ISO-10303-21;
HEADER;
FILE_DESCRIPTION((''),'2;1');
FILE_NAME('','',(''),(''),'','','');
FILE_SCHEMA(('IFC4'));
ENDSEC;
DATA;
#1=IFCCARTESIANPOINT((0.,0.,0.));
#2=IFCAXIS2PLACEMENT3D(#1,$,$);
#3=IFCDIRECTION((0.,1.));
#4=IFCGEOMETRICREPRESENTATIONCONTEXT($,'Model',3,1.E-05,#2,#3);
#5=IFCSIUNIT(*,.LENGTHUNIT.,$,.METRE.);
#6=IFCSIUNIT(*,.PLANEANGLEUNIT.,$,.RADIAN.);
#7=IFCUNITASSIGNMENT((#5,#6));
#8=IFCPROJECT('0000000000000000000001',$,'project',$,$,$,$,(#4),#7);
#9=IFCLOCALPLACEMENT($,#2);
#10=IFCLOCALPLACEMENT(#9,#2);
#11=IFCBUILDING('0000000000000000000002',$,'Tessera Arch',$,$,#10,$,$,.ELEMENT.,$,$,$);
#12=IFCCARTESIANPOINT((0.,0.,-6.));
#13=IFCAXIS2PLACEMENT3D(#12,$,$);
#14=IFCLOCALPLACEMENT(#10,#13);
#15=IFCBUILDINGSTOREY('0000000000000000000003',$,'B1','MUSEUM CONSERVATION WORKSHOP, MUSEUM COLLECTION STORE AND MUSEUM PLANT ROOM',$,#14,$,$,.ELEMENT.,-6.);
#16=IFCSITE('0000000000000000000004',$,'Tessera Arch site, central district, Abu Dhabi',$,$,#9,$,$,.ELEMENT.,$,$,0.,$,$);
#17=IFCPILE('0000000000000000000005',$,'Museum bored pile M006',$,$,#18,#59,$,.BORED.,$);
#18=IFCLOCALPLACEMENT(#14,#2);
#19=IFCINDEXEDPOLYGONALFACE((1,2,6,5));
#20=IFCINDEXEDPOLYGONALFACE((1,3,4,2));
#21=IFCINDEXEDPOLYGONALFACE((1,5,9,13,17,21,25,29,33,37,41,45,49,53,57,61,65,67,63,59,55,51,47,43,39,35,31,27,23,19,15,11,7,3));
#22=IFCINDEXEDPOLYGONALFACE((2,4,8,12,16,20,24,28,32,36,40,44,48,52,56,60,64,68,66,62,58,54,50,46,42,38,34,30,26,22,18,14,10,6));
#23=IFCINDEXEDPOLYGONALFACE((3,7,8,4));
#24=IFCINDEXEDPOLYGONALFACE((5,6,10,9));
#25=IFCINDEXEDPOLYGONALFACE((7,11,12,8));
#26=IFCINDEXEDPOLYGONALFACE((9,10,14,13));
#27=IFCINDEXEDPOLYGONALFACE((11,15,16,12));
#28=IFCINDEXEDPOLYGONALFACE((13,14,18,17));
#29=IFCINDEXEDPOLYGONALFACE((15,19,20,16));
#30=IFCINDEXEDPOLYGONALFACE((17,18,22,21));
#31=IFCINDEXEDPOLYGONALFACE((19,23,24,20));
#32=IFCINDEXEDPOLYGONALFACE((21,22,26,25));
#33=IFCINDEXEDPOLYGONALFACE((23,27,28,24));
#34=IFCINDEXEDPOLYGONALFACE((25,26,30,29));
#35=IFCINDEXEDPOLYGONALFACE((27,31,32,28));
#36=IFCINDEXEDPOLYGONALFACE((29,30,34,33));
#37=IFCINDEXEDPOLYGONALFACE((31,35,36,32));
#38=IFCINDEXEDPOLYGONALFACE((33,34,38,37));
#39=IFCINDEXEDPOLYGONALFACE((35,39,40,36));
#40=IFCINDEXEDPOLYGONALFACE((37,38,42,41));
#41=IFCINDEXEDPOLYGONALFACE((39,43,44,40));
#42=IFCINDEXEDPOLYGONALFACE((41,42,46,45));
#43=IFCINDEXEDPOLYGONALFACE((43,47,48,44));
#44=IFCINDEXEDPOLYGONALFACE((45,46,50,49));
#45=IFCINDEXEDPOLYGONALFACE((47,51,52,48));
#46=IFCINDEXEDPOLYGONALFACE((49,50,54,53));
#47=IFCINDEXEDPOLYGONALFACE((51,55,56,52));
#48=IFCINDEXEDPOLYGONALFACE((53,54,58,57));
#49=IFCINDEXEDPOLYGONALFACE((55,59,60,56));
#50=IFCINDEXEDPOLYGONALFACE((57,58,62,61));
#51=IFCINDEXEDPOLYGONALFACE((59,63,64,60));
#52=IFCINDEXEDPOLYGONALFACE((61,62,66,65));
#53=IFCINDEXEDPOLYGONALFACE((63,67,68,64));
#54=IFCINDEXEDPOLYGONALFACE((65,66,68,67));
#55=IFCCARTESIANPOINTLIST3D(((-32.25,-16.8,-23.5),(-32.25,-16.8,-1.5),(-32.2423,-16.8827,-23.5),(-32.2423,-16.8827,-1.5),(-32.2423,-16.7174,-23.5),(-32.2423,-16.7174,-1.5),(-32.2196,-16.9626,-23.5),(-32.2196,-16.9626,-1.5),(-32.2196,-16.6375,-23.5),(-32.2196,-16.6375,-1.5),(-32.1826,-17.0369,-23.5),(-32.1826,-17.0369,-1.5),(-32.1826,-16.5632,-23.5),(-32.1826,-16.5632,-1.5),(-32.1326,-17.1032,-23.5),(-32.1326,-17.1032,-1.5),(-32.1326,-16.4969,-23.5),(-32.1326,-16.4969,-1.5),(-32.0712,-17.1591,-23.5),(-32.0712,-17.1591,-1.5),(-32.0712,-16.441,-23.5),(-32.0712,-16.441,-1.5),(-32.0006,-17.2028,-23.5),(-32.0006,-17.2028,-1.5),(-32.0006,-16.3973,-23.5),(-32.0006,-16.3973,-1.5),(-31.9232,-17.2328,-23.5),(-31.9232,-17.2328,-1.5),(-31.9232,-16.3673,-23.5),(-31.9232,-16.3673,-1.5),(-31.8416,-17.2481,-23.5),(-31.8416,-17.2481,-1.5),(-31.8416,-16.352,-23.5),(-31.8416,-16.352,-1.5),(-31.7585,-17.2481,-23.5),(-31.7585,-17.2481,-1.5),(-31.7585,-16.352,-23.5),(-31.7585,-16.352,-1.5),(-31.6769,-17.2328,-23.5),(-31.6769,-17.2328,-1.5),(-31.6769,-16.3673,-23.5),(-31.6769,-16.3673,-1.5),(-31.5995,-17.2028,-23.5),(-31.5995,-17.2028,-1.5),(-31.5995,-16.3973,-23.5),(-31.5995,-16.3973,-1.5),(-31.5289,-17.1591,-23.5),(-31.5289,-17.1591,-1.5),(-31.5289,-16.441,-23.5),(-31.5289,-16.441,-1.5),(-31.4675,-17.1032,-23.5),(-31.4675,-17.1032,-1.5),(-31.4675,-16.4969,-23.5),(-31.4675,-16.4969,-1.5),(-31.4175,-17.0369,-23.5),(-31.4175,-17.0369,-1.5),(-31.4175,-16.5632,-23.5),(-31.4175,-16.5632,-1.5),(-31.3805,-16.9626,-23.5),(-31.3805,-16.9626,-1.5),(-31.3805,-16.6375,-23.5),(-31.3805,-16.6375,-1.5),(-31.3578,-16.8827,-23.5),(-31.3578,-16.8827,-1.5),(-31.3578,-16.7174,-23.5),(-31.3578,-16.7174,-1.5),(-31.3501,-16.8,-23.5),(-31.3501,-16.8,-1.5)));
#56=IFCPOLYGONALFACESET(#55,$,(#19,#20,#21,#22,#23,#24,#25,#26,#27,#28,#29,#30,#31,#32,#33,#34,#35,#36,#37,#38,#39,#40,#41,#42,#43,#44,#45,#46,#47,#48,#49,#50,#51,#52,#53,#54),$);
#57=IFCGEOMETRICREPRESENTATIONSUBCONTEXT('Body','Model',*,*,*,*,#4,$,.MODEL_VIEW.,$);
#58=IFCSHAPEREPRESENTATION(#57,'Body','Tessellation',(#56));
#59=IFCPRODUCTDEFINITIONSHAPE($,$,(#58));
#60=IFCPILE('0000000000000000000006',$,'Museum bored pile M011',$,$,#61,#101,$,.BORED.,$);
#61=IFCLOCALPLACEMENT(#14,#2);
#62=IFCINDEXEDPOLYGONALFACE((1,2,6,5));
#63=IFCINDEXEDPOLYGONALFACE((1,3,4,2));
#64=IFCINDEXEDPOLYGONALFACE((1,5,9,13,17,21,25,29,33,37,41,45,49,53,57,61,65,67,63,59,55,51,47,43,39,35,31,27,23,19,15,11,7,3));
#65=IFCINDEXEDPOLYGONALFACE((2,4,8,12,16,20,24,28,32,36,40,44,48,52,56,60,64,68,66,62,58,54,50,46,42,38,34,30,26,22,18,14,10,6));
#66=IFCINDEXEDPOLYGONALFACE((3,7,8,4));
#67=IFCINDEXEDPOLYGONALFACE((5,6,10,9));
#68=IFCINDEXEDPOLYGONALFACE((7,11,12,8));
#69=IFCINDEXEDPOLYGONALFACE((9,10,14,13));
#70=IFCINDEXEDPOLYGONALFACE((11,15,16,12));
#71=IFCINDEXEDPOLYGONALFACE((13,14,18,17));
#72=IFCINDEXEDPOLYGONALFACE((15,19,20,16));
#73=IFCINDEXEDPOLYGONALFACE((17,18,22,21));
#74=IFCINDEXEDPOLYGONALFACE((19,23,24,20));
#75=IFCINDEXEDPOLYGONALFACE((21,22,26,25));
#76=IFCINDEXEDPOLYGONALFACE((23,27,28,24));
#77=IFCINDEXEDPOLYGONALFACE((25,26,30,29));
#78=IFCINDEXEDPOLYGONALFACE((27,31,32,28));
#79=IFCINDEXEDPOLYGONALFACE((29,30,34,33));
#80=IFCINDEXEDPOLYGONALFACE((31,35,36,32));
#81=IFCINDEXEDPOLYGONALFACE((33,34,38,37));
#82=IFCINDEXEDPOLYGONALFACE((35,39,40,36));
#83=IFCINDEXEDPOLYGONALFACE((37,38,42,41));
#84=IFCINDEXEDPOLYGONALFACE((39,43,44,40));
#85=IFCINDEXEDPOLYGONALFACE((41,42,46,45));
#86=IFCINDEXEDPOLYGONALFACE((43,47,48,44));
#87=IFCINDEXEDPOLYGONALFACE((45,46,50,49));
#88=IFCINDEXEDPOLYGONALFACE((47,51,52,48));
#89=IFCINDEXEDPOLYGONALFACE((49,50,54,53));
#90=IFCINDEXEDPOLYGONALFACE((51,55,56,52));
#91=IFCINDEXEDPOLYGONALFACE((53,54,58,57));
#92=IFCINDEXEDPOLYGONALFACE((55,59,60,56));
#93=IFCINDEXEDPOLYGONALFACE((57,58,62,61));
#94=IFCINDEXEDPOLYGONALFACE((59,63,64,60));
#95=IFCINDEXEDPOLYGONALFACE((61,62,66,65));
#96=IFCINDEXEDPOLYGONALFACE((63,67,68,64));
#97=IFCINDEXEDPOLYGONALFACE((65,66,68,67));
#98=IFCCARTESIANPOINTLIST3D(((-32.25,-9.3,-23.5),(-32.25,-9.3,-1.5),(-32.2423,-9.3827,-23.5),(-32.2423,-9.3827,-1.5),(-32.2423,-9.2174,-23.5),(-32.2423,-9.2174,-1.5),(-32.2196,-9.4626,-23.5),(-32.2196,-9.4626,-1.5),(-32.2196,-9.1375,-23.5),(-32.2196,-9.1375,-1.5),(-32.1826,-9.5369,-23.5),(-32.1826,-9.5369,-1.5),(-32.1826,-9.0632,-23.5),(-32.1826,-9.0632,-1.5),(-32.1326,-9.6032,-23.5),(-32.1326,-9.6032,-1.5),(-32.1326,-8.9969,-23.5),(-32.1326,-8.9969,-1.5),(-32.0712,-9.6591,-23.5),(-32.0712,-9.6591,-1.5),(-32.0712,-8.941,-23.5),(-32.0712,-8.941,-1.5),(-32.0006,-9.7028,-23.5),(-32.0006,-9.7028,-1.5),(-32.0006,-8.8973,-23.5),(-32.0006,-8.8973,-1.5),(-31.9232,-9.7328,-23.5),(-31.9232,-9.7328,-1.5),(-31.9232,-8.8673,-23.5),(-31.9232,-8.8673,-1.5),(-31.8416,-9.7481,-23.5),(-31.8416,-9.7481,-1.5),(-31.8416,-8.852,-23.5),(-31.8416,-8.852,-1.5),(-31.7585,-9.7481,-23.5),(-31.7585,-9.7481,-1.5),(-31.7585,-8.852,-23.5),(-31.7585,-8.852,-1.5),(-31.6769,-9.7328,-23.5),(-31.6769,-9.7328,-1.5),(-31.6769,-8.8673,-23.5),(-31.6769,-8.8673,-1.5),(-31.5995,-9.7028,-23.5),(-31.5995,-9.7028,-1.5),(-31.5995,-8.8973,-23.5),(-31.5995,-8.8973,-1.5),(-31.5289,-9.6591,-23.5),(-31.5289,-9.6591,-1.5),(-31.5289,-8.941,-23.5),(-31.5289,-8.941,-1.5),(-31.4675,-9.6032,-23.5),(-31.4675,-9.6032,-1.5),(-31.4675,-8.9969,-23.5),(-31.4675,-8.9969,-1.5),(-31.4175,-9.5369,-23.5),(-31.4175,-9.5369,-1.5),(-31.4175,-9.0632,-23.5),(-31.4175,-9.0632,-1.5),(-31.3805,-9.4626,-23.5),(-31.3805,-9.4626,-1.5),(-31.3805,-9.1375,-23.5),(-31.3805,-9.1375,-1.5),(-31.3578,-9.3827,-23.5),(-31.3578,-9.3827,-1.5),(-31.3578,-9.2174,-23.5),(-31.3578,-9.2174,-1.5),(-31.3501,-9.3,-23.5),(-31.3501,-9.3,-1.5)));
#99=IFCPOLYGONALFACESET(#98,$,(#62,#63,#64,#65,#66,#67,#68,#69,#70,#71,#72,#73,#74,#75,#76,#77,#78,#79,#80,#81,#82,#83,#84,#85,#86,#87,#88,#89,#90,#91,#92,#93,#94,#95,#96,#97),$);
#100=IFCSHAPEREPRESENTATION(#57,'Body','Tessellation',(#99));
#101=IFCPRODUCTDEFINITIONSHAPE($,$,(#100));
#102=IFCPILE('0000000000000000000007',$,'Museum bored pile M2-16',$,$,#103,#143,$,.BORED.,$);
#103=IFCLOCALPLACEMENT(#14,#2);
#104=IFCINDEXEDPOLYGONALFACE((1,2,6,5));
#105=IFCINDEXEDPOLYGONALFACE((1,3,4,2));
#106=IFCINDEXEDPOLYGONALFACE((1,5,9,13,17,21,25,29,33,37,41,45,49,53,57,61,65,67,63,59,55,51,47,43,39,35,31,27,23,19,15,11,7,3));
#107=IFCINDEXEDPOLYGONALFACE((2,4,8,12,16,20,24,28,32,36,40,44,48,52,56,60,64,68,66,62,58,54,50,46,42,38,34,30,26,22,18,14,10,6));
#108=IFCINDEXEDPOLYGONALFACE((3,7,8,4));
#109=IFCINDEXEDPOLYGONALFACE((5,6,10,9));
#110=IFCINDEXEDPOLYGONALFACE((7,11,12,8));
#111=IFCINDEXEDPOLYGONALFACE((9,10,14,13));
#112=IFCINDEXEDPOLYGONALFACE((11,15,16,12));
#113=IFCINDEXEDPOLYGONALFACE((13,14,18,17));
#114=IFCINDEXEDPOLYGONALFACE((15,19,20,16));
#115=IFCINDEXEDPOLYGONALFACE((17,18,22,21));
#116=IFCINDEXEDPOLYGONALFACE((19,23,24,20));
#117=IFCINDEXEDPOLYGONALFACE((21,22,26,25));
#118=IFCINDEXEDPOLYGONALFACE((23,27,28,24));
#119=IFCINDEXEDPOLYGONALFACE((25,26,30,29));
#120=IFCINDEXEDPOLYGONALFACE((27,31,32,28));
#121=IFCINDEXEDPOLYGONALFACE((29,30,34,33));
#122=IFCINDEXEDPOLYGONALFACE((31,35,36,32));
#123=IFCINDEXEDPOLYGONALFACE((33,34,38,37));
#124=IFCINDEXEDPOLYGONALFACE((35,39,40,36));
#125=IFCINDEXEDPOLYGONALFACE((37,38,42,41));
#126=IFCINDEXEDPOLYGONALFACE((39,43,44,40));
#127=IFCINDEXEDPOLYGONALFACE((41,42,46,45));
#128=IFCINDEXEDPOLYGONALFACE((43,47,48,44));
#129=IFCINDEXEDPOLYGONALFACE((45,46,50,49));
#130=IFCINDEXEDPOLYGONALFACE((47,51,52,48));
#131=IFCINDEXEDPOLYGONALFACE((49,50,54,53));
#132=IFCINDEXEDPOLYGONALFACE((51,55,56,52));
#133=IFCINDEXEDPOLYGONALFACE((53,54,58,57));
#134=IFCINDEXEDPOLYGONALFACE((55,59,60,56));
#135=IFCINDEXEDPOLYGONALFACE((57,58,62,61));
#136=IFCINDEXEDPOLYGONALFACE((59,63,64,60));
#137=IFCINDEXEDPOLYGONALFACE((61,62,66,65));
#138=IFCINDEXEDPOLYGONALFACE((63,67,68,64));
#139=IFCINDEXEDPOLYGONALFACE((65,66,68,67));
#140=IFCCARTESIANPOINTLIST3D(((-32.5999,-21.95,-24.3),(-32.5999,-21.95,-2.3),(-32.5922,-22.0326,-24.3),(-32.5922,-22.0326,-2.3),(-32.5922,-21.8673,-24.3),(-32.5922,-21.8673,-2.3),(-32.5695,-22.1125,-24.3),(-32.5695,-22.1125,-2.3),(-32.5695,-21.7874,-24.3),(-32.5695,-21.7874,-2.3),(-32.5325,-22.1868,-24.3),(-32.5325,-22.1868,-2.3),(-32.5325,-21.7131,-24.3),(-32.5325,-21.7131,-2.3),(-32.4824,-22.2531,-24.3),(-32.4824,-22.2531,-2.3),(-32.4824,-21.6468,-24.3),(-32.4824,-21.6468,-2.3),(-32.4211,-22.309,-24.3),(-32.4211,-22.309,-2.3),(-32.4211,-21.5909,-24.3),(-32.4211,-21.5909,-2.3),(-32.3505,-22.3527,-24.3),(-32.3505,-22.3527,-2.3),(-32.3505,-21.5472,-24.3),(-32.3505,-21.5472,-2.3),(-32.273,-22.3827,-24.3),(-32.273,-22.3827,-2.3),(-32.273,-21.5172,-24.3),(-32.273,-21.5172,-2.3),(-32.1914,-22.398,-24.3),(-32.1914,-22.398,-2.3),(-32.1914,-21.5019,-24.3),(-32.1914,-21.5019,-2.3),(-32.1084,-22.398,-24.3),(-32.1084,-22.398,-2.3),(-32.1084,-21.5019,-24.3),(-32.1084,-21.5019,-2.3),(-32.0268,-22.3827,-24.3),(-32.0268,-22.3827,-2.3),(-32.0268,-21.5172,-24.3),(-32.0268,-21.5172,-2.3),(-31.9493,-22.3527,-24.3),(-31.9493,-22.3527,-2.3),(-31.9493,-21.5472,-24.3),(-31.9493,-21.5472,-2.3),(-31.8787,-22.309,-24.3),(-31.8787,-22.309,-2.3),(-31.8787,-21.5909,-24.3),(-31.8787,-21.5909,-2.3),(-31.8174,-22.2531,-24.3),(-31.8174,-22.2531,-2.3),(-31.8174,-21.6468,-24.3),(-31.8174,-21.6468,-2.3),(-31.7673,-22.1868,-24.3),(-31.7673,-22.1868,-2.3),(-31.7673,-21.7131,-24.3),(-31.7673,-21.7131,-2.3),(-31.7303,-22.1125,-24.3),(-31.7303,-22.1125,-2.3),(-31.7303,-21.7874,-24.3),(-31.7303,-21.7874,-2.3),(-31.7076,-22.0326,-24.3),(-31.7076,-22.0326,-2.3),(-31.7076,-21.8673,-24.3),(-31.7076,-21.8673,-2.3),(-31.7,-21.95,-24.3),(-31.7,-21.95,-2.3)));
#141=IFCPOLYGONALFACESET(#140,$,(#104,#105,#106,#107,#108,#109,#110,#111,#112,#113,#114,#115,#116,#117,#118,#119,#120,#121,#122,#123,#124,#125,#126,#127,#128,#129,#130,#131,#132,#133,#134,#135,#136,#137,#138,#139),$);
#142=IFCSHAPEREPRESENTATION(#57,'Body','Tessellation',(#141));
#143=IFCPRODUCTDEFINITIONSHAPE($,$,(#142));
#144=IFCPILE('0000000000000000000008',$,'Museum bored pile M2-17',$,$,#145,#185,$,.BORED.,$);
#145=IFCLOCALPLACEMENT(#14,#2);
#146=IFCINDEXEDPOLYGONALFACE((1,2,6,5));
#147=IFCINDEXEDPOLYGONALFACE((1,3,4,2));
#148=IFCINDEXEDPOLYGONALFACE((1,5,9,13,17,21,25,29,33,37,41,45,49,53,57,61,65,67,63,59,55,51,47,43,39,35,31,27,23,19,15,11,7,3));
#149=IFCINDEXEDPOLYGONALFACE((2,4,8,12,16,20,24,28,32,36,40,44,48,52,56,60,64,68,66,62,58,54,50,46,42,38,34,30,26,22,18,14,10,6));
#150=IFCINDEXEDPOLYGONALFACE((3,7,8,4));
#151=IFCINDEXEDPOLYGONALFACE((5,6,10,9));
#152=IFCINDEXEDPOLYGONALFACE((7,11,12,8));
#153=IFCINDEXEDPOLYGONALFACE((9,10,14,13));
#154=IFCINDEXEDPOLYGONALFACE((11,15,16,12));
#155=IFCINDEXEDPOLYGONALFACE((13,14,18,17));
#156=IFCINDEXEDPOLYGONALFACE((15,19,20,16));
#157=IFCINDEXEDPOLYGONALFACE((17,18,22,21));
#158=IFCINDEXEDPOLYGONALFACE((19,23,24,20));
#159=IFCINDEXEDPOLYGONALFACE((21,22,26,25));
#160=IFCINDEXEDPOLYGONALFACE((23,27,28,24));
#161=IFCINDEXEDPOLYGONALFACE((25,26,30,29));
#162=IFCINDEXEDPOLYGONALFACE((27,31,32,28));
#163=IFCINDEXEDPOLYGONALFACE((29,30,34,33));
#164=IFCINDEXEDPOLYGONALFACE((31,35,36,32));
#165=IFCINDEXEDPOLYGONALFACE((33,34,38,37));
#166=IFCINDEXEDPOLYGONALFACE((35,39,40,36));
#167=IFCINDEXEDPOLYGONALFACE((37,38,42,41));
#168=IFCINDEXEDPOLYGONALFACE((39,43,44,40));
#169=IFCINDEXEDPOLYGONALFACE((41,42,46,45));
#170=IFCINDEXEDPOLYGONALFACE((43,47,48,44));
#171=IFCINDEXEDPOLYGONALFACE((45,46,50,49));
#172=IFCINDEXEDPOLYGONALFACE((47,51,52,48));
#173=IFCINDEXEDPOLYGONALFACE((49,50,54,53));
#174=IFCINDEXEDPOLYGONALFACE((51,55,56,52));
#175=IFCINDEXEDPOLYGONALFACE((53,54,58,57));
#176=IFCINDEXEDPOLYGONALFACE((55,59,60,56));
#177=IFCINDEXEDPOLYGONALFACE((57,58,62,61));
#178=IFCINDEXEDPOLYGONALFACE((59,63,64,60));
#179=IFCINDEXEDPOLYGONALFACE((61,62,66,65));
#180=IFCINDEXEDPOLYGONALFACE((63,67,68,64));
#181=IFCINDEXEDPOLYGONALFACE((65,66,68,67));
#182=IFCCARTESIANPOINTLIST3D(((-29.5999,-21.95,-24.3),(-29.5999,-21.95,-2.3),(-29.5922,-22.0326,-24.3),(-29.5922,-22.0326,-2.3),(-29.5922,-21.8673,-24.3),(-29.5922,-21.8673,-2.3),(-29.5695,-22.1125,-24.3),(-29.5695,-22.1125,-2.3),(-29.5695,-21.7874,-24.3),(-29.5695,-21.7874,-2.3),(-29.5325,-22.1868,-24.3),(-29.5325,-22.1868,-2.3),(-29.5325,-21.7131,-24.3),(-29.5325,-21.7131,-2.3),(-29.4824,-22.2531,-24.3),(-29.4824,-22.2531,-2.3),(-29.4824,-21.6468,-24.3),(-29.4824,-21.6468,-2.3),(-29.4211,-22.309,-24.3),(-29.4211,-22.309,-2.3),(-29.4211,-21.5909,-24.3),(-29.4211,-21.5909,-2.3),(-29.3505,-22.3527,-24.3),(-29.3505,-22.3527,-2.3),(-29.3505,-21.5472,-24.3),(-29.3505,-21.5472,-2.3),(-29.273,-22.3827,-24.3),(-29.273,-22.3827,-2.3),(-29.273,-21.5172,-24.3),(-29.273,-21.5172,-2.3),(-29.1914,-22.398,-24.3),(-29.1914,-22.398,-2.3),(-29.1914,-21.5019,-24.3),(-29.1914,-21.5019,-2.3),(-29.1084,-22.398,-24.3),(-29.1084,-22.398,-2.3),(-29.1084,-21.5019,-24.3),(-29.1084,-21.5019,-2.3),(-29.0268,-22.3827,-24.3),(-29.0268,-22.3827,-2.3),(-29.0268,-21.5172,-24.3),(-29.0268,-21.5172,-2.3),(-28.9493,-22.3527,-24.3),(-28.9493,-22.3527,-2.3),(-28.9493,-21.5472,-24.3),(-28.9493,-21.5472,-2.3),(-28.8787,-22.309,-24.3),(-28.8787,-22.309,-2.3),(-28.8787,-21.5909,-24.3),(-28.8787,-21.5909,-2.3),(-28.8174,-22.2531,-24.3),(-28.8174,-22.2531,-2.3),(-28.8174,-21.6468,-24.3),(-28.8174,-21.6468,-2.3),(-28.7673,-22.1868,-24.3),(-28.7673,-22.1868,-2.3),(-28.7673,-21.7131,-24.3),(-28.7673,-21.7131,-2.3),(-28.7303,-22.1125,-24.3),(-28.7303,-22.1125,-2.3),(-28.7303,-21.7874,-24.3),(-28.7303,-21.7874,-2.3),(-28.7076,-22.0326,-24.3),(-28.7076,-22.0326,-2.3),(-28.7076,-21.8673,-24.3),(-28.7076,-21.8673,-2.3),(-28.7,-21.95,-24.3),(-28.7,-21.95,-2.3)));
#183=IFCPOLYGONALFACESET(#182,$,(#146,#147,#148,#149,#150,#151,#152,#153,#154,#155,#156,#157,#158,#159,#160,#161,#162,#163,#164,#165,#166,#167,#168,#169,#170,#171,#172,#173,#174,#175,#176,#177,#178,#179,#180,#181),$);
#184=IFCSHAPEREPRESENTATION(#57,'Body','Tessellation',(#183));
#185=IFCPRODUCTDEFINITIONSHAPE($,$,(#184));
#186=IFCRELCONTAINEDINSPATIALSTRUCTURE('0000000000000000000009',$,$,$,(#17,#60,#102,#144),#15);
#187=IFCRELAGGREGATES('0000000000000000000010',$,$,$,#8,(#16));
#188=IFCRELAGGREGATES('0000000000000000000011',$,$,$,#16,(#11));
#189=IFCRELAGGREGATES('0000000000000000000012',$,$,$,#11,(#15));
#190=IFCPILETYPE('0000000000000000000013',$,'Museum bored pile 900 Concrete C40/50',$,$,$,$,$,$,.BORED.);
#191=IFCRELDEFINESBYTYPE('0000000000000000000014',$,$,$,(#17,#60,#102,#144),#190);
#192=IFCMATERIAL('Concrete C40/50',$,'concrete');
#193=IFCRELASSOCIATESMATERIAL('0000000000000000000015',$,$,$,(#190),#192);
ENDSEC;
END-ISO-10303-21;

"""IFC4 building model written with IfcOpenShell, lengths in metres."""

from ifc_helpers import new_model, si_unit, direction, frame, origin, origin_2d, place, context, subcontext, project, spatial, circle, extrude, material, type_object, element, save


model = new_model("IFC4")

# Units and contexts
model_context = context("Model", 3, precision=1e-05, world=origin(), true_north=direction((0.0, 1.0)))
body_context = subcontext(model_context, "Body", "Model", "MODEL_VIEW")
ifc_project = project(units=[si_unit("LENGTHUNIT", "METRE"), si_unit("PLANEANGLEUNIT", "RADIAN")], contexts=[model_context])

# Site, building, storey
site_placement = place(None, origin())
site = spatial("IfcSite", under=ifc_project, at=site_placement, Name="Tessera Arch site, central district, Abu Dhabi", CompositionType="ELEMENT", RefElevation=0.0)
building_placement = place(site_placement, origin())
building = spatial("IfcBuilding", under=site, at=building_placement, Name="Tessera Arch", CompositionType="ELEMENT")
storey_placement = place(building_placement, frame((0.0, 0.0, -6.0)))
storey = spatial("IfcBuildingStorey", under=building, at=storey_placement, Name="B1", Description="MUSEUM CONSERVATION WORKSHOP, MUSEUM COLLECTION STORE AND MUSEUM PLANT ROOM", CompositionType="ELEMENT", Elevation=-6.0)

# Piles
ifc_material_1 = material(Name="Concrete C40/50", Category="concrete")
pile_type = type_object("IfcPileType", Name="Museum bored pile 900 Concrete C40/50", PredefinedType="BORED", material=ifc_material_1)
for number, where, z_axis, x_axis, name in (
    (1, (-31.8, -16.8, -1.5), (0.0, 0.0, -1.0), (1.0, 0.0, 0.0), "Museum bored pile M006"),
    (2, (-31.8, -9.3, -1.5), (0.0, 0.0, -1.0), (1.0, 0.0, 0.0), "Museum bored pile M011"),
    (3, (-32.1499, -21.95, -2.3), (0.0, 0.0, -1.0), (1.0, 0.0, 0.0), "Museum bored pile M2-16"),
    (4, (-29.1499, -21.95, -2.3), (0.0, 0.0, -1.0), (1.0, 0.0, 0.0), "Museum bored pile M2-17"),
):
    element("IfcPile", number, at=place(storey_placement, frame(where, z_axis=z_axis, x_axis=x_axis)), inside=storey, type_object=pile_type, Name=name, PredefinedType="BORED", context=body_context, shape_type="SweptSolid", body=[
        extrude(circle(Radius=0.45, at=origin_2d()), origin(), (0.0, 0.0, 1.0), 22.0),
    ])

save(model, "model.ifc")
